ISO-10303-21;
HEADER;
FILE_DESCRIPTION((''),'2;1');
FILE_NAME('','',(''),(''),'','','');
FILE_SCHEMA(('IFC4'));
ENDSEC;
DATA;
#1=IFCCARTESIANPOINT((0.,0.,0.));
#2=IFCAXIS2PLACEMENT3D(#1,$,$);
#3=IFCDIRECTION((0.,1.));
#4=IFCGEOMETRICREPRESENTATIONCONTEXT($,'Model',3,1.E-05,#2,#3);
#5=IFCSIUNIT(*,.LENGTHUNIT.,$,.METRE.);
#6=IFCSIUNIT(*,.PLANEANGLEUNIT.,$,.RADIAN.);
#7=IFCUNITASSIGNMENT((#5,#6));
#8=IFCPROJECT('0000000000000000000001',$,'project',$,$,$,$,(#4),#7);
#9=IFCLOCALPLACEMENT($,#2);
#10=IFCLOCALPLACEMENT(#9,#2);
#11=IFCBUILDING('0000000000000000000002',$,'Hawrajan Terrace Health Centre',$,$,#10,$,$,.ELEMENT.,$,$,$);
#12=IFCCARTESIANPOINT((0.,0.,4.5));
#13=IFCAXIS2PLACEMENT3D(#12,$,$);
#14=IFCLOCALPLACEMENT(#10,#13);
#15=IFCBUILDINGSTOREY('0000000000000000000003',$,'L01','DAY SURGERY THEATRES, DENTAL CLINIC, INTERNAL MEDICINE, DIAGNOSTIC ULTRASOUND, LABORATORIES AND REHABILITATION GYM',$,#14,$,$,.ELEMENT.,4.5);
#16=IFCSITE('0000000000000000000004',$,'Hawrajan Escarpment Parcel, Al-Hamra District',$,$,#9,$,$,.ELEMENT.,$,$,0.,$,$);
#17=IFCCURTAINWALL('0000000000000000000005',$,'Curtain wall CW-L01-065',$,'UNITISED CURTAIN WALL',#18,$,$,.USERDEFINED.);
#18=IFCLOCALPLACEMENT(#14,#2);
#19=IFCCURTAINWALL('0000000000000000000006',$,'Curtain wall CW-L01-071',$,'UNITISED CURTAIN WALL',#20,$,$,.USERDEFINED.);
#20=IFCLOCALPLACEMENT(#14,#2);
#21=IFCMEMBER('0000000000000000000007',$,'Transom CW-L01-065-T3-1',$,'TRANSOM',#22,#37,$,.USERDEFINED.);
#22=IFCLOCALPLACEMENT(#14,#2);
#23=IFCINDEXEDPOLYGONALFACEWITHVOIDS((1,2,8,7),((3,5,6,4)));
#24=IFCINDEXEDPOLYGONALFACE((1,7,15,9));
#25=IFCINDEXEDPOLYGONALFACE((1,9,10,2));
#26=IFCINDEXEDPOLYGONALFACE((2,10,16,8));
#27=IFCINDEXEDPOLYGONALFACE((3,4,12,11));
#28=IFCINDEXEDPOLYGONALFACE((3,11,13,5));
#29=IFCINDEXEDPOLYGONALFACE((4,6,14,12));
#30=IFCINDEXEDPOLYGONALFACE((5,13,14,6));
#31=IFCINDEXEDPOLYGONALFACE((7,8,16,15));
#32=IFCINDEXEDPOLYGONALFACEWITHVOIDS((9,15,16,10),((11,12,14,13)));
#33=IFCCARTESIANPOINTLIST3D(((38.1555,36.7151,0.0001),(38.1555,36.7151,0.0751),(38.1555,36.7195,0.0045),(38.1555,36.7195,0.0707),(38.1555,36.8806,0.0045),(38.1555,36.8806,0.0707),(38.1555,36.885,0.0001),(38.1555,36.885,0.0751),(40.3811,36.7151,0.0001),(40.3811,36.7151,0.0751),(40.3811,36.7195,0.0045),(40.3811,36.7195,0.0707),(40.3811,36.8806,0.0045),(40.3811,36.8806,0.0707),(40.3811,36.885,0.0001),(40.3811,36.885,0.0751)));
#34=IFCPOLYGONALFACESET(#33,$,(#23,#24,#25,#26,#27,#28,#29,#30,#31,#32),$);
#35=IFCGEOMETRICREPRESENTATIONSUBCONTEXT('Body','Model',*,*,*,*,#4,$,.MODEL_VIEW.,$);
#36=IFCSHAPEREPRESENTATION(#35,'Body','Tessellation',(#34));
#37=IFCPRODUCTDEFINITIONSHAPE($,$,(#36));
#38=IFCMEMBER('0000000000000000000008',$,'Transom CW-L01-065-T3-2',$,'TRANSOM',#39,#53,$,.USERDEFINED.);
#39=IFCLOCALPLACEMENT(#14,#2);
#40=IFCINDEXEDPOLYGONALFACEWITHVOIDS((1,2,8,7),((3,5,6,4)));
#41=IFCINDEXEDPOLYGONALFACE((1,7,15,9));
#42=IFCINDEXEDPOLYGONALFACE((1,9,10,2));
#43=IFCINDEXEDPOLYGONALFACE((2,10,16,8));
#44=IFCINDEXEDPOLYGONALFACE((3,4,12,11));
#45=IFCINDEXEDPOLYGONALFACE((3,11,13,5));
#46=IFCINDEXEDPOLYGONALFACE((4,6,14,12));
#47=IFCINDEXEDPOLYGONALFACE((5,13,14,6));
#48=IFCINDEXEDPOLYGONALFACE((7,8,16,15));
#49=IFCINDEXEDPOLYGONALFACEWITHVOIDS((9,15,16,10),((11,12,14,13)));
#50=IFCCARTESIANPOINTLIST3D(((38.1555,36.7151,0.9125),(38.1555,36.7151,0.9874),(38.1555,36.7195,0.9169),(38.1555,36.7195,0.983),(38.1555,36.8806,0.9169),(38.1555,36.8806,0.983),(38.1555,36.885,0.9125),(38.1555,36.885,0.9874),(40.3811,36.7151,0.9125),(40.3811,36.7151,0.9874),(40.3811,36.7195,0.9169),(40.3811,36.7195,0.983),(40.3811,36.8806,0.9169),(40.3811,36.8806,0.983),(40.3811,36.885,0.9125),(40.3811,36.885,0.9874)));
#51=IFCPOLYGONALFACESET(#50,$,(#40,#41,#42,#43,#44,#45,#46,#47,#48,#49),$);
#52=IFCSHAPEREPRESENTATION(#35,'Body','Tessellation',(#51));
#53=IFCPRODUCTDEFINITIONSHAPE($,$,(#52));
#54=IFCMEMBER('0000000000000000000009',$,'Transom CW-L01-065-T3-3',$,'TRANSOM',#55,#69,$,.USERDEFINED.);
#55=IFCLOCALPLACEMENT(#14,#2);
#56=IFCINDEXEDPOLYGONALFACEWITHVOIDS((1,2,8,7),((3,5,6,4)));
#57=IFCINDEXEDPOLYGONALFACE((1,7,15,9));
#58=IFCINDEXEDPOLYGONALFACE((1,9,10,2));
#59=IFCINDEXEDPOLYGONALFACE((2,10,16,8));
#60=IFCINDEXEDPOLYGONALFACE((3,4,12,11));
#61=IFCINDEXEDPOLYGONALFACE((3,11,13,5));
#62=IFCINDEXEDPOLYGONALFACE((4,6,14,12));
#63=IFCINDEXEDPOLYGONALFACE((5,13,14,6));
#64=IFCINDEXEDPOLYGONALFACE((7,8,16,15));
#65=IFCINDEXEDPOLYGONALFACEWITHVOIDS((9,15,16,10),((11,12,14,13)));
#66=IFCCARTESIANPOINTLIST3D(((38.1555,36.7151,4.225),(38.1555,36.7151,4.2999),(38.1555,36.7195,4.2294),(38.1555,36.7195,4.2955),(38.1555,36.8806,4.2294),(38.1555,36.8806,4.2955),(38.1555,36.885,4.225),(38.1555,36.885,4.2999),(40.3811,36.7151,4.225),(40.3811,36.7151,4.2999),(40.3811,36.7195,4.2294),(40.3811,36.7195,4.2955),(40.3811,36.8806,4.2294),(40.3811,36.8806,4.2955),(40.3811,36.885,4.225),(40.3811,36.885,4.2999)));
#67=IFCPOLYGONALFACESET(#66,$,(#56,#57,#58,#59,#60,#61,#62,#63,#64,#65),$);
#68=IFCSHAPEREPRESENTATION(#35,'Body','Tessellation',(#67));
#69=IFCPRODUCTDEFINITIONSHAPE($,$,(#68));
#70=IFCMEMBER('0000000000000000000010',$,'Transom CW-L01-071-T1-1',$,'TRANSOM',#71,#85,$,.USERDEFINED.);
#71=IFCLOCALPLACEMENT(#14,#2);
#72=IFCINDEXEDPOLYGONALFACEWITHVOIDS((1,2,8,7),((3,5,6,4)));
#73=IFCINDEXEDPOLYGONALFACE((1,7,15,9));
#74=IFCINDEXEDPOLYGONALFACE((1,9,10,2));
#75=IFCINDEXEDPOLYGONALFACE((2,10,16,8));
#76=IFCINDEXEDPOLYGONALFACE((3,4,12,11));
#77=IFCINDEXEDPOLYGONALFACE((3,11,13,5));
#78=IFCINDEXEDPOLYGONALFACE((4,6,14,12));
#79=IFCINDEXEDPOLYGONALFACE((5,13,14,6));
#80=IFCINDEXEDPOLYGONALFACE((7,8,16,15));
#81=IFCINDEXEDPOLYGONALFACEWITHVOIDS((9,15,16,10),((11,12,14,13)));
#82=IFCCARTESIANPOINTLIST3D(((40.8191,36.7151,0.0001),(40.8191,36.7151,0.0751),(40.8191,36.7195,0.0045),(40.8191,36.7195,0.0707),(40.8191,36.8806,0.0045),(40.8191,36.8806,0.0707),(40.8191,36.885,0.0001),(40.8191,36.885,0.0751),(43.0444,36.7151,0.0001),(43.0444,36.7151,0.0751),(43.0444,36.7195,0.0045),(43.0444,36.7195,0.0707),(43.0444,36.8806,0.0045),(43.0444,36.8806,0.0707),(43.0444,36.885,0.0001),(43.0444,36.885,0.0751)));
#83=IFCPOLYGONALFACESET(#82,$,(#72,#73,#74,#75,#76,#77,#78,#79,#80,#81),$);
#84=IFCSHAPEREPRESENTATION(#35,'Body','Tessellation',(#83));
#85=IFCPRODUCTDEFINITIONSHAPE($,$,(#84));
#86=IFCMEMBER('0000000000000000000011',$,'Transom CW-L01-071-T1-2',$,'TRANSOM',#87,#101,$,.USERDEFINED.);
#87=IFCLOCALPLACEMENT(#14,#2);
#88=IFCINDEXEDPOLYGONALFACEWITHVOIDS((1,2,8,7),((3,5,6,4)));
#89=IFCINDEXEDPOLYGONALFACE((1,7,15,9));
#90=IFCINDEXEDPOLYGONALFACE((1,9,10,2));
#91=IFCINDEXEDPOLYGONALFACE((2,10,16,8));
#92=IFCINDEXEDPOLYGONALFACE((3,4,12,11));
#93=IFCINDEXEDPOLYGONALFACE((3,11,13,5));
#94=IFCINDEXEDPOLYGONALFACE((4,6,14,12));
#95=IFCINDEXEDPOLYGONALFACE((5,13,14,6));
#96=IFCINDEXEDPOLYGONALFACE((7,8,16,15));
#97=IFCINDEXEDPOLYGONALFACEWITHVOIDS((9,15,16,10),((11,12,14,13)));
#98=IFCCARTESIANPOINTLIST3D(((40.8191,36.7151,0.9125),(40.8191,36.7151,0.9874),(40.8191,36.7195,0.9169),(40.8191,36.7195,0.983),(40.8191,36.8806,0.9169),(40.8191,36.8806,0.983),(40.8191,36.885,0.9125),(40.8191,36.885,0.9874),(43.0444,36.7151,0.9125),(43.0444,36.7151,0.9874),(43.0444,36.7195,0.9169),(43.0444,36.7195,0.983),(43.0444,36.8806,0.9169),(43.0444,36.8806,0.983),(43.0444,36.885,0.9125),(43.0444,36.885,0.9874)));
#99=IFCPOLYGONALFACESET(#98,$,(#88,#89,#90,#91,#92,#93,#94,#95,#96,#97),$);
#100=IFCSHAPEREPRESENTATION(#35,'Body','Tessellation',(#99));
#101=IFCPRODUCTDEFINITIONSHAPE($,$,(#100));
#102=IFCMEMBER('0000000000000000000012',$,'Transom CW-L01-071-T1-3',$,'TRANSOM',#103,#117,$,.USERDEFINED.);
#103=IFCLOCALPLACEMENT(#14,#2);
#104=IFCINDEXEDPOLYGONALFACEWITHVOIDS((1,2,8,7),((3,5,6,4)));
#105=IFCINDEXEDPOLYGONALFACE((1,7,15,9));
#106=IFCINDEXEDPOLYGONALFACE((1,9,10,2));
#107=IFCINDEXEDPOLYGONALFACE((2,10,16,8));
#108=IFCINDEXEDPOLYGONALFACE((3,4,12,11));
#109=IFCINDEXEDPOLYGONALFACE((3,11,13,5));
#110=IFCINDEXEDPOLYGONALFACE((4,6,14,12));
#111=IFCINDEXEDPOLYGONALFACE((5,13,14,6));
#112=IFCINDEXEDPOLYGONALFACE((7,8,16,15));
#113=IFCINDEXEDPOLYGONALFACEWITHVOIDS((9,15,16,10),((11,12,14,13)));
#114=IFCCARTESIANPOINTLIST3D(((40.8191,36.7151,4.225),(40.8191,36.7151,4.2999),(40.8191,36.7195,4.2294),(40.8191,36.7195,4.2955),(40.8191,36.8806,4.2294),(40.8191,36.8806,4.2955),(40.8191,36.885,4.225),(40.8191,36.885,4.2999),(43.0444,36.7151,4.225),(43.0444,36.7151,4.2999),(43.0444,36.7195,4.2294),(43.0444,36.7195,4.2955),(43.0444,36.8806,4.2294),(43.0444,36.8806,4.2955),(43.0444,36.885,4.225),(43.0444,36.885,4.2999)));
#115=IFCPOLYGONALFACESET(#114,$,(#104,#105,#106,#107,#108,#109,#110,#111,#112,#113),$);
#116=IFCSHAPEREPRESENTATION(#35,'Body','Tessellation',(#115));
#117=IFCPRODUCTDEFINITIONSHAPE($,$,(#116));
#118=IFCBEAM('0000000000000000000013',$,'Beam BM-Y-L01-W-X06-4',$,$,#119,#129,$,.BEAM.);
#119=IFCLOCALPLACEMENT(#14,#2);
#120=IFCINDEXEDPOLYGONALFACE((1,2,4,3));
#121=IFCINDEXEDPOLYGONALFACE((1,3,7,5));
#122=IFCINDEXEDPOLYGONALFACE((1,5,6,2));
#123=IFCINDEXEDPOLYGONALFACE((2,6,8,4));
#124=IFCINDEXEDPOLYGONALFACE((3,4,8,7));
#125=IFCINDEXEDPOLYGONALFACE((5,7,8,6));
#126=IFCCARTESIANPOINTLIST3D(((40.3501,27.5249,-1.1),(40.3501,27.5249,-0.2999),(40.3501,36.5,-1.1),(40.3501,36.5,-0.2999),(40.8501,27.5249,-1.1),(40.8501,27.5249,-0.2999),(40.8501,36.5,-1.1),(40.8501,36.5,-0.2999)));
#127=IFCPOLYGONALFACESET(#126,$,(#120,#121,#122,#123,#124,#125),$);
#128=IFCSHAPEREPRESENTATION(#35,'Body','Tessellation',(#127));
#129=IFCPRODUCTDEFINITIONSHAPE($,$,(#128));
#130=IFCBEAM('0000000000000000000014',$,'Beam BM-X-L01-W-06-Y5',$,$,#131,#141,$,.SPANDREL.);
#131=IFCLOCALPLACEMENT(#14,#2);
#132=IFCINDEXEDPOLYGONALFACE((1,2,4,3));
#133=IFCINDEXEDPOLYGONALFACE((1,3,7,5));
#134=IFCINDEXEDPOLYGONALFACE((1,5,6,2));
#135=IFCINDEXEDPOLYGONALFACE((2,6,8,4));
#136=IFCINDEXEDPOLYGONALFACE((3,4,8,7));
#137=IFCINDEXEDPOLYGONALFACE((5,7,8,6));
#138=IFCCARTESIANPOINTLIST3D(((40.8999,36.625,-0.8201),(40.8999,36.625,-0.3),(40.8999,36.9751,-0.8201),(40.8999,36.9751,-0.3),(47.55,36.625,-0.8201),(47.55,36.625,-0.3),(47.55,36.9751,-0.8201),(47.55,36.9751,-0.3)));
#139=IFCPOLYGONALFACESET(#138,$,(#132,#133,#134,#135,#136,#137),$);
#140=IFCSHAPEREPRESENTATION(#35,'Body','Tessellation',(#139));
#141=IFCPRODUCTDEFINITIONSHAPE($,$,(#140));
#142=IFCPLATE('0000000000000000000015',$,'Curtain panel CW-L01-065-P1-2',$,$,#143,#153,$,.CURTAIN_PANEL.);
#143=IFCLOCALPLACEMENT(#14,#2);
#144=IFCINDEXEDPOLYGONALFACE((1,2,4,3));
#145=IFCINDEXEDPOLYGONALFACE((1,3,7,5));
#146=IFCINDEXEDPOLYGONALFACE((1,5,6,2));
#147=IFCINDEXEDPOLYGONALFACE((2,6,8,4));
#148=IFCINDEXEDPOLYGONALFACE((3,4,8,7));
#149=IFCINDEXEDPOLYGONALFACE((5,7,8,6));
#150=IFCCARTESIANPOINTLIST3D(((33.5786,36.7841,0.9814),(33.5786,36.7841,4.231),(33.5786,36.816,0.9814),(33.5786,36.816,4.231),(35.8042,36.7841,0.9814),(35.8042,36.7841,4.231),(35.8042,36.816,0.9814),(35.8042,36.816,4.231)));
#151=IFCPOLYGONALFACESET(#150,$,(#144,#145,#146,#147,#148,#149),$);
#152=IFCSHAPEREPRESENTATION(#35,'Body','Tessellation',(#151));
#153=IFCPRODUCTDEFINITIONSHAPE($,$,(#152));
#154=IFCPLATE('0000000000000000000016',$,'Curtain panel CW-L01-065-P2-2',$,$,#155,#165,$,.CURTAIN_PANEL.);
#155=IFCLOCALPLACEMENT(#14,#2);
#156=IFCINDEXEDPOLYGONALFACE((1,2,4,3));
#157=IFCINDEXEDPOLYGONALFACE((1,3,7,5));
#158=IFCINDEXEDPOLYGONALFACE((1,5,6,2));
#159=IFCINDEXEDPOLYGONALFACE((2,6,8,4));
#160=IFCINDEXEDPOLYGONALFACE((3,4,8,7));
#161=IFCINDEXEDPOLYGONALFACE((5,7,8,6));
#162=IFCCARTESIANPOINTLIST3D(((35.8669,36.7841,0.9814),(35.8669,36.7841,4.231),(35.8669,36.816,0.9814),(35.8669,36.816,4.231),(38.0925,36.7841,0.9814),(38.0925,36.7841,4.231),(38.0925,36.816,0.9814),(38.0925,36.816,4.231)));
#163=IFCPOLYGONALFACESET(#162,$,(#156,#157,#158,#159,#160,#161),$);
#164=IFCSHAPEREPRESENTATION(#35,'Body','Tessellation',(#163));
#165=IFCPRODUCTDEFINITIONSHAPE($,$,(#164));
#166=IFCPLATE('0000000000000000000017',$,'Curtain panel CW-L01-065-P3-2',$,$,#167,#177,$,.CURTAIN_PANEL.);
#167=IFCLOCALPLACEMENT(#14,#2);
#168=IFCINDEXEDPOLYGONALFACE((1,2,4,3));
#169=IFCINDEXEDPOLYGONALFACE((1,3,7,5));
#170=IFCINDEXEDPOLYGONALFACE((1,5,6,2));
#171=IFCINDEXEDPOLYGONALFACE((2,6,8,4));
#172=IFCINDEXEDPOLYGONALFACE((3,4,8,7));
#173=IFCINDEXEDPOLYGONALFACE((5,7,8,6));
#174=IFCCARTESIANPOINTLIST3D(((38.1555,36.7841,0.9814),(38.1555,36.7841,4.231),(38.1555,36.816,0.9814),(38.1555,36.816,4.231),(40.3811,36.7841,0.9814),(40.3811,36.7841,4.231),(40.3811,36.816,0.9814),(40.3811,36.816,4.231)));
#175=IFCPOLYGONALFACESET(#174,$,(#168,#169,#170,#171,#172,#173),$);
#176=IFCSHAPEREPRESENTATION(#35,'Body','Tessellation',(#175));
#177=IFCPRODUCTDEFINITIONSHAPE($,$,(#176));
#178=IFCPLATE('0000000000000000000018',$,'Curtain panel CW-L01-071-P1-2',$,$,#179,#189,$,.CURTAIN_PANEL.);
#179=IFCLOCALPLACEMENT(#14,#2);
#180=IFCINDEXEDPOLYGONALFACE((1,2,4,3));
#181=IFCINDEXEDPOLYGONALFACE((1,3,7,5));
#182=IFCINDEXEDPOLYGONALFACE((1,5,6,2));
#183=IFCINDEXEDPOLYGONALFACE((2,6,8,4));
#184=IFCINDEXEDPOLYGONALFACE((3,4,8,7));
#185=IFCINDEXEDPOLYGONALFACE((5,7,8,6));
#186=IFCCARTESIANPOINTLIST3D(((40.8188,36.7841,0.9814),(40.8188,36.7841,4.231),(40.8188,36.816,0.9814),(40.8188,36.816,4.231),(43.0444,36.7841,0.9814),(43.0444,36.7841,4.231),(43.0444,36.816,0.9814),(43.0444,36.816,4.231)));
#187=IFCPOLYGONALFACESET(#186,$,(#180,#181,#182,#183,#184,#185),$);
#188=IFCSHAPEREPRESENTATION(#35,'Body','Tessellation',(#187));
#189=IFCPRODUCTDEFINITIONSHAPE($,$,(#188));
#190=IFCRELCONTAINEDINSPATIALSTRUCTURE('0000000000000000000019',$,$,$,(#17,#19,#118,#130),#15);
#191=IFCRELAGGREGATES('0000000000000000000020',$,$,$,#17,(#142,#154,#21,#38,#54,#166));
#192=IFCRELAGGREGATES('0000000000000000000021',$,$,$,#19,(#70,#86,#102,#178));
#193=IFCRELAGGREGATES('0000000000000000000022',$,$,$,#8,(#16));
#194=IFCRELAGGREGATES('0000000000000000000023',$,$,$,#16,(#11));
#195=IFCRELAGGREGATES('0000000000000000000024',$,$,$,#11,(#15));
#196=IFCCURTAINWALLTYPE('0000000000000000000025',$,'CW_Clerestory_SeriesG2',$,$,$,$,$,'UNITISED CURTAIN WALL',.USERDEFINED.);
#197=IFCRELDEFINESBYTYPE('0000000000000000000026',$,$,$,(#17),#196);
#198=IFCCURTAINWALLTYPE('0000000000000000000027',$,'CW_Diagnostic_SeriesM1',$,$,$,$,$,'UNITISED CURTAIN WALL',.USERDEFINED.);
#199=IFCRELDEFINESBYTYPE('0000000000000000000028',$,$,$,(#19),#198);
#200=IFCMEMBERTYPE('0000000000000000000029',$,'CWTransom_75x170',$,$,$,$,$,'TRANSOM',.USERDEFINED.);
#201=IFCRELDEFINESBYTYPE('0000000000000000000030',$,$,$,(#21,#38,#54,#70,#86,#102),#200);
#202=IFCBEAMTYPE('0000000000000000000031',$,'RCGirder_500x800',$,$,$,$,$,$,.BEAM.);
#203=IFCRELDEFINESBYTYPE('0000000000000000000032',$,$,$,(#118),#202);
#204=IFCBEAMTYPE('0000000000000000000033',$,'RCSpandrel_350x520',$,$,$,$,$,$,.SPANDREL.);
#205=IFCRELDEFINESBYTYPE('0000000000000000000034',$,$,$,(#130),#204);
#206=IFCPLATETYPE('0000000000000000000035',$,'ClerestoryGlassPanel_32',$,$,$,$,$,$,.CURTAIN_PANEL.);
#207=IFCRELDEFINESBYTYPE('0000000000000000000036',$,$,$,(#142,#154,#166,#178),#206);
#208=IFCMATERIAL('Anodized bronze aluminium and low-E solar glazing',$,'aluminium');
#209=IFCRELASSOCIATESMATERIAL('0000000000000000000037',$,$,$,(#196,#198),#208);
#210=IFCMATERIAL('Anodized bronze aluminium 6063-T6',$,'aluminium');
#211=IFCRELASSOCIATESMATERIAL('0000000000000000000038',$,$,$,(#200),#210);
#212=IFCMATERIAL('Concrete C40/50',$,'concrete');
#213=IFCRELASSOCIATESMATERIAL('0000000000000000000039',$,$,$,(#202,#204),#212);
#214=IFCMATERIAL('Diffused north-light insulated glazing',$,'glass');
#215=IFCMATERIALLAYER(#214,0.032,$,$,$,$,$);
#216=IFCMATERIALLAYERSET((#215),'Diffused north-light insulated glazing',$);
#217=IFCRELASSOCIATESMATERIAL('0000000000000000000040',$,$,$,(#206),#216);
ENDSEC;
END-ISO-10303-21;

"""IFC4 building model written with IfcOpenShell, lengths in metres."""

from ifc_helpers import new_model, si_unit, direction, frame, origin, origin_2d, place, context, subcontext, project, spatial, rectangle, hollow_rectangle, extrude, material, layer, layer_set, material_profile, profile_set, type_object, element, aggregate, save


model = new_model("IFC4")

# Units and contexts
model_context = context("Model", 3, precision=1e-05, world=origin(), true_north=direction((0.0, 1.0)))
body_context = subcontext(model_context, "Body", "Model", "MODEL_VIEW")
ifc_project = project(units=[si_unit("LENGTHUNIT", "METRE"), si_unit("PLANEANGLEUNIT", "RADIAN")], contexts=[model_context])

# Site, building, storey
site_placement = place(None, origin())
site = spatial("IfcSite", under=ifc_project, at=site_placement, Name="Hawrajan Escarpment Parcel, Al-Hamra District", CompositionType="ELEMENT", RefElevation=0.0)
building_placement = place(site_placement, origin())
building = spatial("IfcBuilding", under=site, at=building_placement, Name="Hawrajan Terrace Health Centre", CompositionType="ELEMENT")
storey_placement = place(building_placement, frame((0.0, 0.0, 4.5)))
storey = spatial("IfcBuildingStorey", under=building, at=storey_placement, Name="L01", Description="DAY SURGERY THEATRES, DENTAL CLINIC, INTERNAL MEDICINE, DIAGNOSTIC ULTRASOUND, LABORATORIES AND REHABILITATION GYM", CompositionType="ELEMENT", Elevation=4.5)

# Curtain walls
ifc_material_1 = material(Name="Anodized bronze aluminium and low-E solar glazing", Category="aluminium")
curtain_wall_type_1 = type_object("IfcCurtainWallType", Name="CW_Clerestory_SeriesG2", ElementType="UNITISED CURTAIN WALL", PredefinedType="USERDEFINED", material=ifc_material_1)
curtain_wall_1_placement = place(storey_placement, origin())
curtain_wall_1 = element("IfcCurtainWall", 1, at=curtain_wall_1_placement, inside=storey, type_object=curtain_wall_type_1, Name="Curtain wall CW-L01-065", ObjectType="UNITISED CURTAIN WALL", PredefinedType="USERDEFINED")
ifc_material_2 = material(Name="Anodized bronze aluminium 6063-T6", Category="aluminium")
curtain_wall_type_2 = type_object("IfcCurtainWallType", Name="CW_Diagnostic_SeriesM1", ElementType="UNITISED CURTAIN WALL", PredefinedType="USERDEFINED", material=ifc_material_1)
curtain_wall_2_placement = place(storey_placement, origin())
curtain_wall_2 = element("IfcCurtainWall", 2, at=curtain_wall_2_placement, inside=storey, type_object=curtain_wall_type_2, Name="Curtain wall CW-L01-071", ObjectType="UNITISED CURTAIN WALL", PredefinedType="USERDEFINED")

# Members
ifc_material_profile_1 = material_profile(ifc_material_2, hollow_rectangle(XDim=0.075, YDim=0.1699, WallThickness=0.0044, at=origin_2d()), Name="CW TRN 75x170")
ifc_profile_set_1 = profile_set([ifc_material_profile_1], Name="Anodized bronze aluminium 6063-T6")
member_type_1 = type_object("IfcMemberType", Name="CWTransom_75x170", ElementType="TRANSOM", PredefinedType="USERDEFINED", material=ifc_profile_set_1)
member_1_placement = place(storey_placement, frame((38.1555, 36.8, 0.0376), z_axis=(1.0, 0.0, 0.0), x_axis=(0.0, 0.0, 1.0)))
member_1 = element("IfcMember", 3, at=member_1_placement, type_object=member_type_1, Name="Transom CW-L01-065-T3-1", ObjectType="TRANSOM", PredefinedType="USERDEFINED", context=body_context, shape_type="SweptSolid", body=[
    extrude(hollow_rectangle(XDim=0.075, YDim=0.1699, WallThickness=0.0044, at=origin_2d()), origin(), (0.0, 0.0, 1.0), 2.2256),
])
member_2_placement = place(storey_placement, frame((38.1555, 36.8, 0.95), z_axis=(1.0, 0.0, 0.0), x_axis=(0.0, 0.0, 1.0)))
member_2 = element("IfcMember", 4, at=member_2_placement, type_object=member_type_1, Name="Transom CW-L01-065-T3-2", ObjectType="TRANSOM", PredefinedType="USERDEFINED", context=body_context, shape_type="SweptSolid", body=[
    extrude(hollow_rectangle(XDim=0.075, YDim=0.1699, WallThickness=0.0044, at=origin_2d()), origin(), (0.0, 0.0, 1.0), 2.2256),
])
member_3_placement = place(storey_placement, frame((38.1555, 36.8, 4.2625), z_axis=(1.0, 0.0, 0.0), x_axis=(0.0, 0.0, 1.0)))
member_3 = element("IfcMember", 5, at=member_3_placement, type_object=member_type_1, Name="Transom CW-L01-065-T3-3", ObjectType="TRANSOM", PredefinedType="USERDEFINED", context=body_context, shape_type="SweptSolid", body=[
    extrude(hollow_rectangle(XDim=0.075, YDim=0.1699, WallThickness=0.0044, at=origin_2d()), origin(), (0.0, 0.0, 1.0), 2.2256),
])
member_4_placement = place(storey_placement, frame((40.8191, 36.8, 0.0376), z_axis=(1.0, 0.0, 0.0), x_axis=(0.0, 0.0, 1.0)))
member_4 = element("IfcMember", 6, at=member_4_placement, type_object=member_type_1, Name="Transom CW-L01-071-T1-1", ObjectType="TRANSOM", PredefinedType="USERDEFINED", context=body_context, shape_type="SweptSolid", body=[
    extrude(hollow_rectangle(XDim=0.075, YDim=0.1699, WallThickness=0.0044, at=origin_2d()), origin(), (0.0, 0.0, 1.0), 2.2253),
])
member_5_placement = place(storey_placement, frame((40.8191, 36.8, 0.95), z_axis=(1.0, 0.0, 0.0), x_axis=(0.0, 0.0, 1.0)))
member_5 = element("IfcMember", 7, at=member_5_placement, type_object=member_type_1, Name="Transom CW-L01-071-T1-2", ObjectType="TRANSOM", PredefinedType="USERDEFINED", context=body_context, shape_type="SweptSolid", body=[
    extrude(hollow_rectangle(XDim=0.075, YDim=0.1699, WallThickness=0.0044, at=origin_2d()), origin(), (0.0, 0.0, 1.0), 2.2253),
])
member_6_placement = place(storey_placement, frame((40.8191, 36.8, 4.2625), z_axis=(1.0, 0.0, 0.0), x_axis=(0.0, 0.0, 1.0)))
member_6 = element("IfcMember", 8, at=member_6_placement, type_object=member_type_1, Name="Transom CW-L01-071-T1-3", ObjectType="TRANSOM", PredefinedType="USERDEFINED", context=body_context, shape_type="SweptSolid", body=[
    extrude(hollow_rectangle(XDim=0.075, YDim=0.1699, WallThickness=0.0044, at=origin_2d()), origin(), (0.0, 0.0, 1.0), 2.2253),
])

# Beams
ifc_material_3 = material(Name="Concrete C40/50", Category="concrete")
ifc_material_profile_2 = material_profile(ifc_material_3, rectangle(XDim=0.5, YDim=0.8, at=origin_2d()), Name="RC BM 500x800")
ifc_profile_set_2 = profile_set([ifc_material_profile_2], Name="Concrete C40/50")
beam_type_1 = type_object("IfcBeamType", Name="RCGirder_500x800", PredefinedType="BEAM", material=ifc_profile_set_2)
beam_1_placement = place(storey_placement, frame((40.6001, 27.5249, -0.7), z_axis=(0.0, 1.0, 0.0), x_axis=(-1.0, 0.0, 0.0)))
element("IfcBeam", 9, at=beam_1_placement, inside=storey, type_object=beam_type_1, Name="Beam BM-Y-L01-W-X06-4", PredefinedType="BEAM", context=body_context, shape_type="SweptSolid", body=[
    extrude(rectangle(XDim=0.5, YDim=0.8, at=origin_2d()), origin(), (0.0, 0.0, 1.0), 8.9751),
])
ifc_material_profile_3 = material_profile(ifc_material_3, rectangle(XDim=0.3501, YDim=0.52, at=origin_2d()), Name="RC SP 350x520")
ifc_profile_set_3 = profile_set([ifc_material_profile_3], Name="Concrete C40/50")
beam_type_2 = type_object("IfcBeamType", Name="RCSpandrel_350x520", PredefinedType="SPANDREL", material=ifc_profile_set_3)
beam_2_placement = place(storey_placement, frame((40.8999, 36.8, -0.5601), z_axis=(1.0, 0.0, 0.0), x_axis=(0.0, 1.0, 0.0)))
element("IfcBeam", 10, at=beam_2_placement, inside=storey, type_object=beam_type_2, Name="Beam BM-X-L01-W-06-Y5", PredefinedType="SPANDREL", context=body_context, shape_type="SweptSolid", body=[
    extrude(rectangle(XDim=0.3501, YDim=0.52, at=origin_2d()), origin(), (0.0, 0.0, 1.0), 6.6501),
])

# Plates
ifc_material_4 = material(Name="Diffused north-light insulated glazing", Category="glass")
ifc_layer_1 = layer(ifc_material_4, 0.032)
ifc_layer_set_1 = layer_set([ifc_layer_1], Name="Diffused north-light insulated glazing")
plate_type_1 = type_object("IfcPlateType", Name="ClerestoryGlassPanel_32", PredefinedType="CURTAIN_PANEL", material=ifc_layer_set_1)
plate_1_placement = place(storey_placement, frame((34.6914, 36.8, 0.9814), z_axis=(0.0, 0.0, 1.0), x_axis=(1.0, 0.0, 0.0)))
plate_1 = element("IfcPlate", 11, at=plate_1_placement, type_object=plate_type_1, Name="Curtain panel CW-L01-065-P1-2", PredefinedType="CURTAIN_PANEL", context=body_context, shape_type="SweptSolid", body=[
    extrude(rectangle(XDim=2.2256, YDim=0.032, at=origin_2d()), origin(), (0.0, 0.0, 1.0), 3.2495),
])
plate_2_placement = place(storey_placement, frame((36.9797, 36.8, 0.9814), z_axis=(0.0, 0.0, 1.0), x_axis=(1.0, 0.0, 0.0)))
plate_2 = element("IfcPlate", 12, at=plate_2_placement, type_object=plate_type_1, Name="Curtain panel CW-L01-065-P2-2", PredefinedType="CURTAIN_PANEL", context=body_context, shape_type="SweptSolid", body=[
    extrude(rectangle(XDim=2.2256, YDim=0.032, at=origin_2d()), origin(), (0.0, 0.0, 1.0), 3.2495),
])
plate_3_placement = place(storey_placement, frame((39.2683, 36.8, 0.9814), z_axis=(0.0, 0.0, 1.0), x_axis=(1.0, 0.0, 0.0)))
plate_3 = element("IfcPlate", 13, at=plate_3_placement, type_object=plate_type_1, Name="Curtain panel CW-L01-065-P3-2", PredefinedType="CURTAIN_PANEL", context=body_context, shape_type="SweptSolid", body=[
    extrude(rectangle(XDim=2.2256, YDim=0.032, at=origin_2d()), origin(), (0.0, 0.0, 1.0), 3.2495),
])
plate_4_placement = place(storey_placement, frame((41.9316, 36.8, 0.9814), z_axis=(0.0, 0.0, 1.0), x_axis=(1.0, 0.0, 0.0)))
plate_4 = element("IfcPlate", 14, at=plate_4_placement, type_object=plate_type_1, Name="Curtain panel CW-L01-071-P1-2", PredefinedType="CURTAIN_PANEL", context=body_context, shape_type="SweptSolid", body=[
    extrude(rectangle(XDim=2.2256, YDim=0.032, at=origin_2d()), origin(), (0.0, 0.0, 1.0), 3.2495),
])
aggregate(curtain_wall_1, [plate_1, plate_2, member_1, member_2, member_3, plate_3])
aggregate(curtain_wall_2, [member_4, member_5, member_6, plate_4])

save(model, "model.ifc")
